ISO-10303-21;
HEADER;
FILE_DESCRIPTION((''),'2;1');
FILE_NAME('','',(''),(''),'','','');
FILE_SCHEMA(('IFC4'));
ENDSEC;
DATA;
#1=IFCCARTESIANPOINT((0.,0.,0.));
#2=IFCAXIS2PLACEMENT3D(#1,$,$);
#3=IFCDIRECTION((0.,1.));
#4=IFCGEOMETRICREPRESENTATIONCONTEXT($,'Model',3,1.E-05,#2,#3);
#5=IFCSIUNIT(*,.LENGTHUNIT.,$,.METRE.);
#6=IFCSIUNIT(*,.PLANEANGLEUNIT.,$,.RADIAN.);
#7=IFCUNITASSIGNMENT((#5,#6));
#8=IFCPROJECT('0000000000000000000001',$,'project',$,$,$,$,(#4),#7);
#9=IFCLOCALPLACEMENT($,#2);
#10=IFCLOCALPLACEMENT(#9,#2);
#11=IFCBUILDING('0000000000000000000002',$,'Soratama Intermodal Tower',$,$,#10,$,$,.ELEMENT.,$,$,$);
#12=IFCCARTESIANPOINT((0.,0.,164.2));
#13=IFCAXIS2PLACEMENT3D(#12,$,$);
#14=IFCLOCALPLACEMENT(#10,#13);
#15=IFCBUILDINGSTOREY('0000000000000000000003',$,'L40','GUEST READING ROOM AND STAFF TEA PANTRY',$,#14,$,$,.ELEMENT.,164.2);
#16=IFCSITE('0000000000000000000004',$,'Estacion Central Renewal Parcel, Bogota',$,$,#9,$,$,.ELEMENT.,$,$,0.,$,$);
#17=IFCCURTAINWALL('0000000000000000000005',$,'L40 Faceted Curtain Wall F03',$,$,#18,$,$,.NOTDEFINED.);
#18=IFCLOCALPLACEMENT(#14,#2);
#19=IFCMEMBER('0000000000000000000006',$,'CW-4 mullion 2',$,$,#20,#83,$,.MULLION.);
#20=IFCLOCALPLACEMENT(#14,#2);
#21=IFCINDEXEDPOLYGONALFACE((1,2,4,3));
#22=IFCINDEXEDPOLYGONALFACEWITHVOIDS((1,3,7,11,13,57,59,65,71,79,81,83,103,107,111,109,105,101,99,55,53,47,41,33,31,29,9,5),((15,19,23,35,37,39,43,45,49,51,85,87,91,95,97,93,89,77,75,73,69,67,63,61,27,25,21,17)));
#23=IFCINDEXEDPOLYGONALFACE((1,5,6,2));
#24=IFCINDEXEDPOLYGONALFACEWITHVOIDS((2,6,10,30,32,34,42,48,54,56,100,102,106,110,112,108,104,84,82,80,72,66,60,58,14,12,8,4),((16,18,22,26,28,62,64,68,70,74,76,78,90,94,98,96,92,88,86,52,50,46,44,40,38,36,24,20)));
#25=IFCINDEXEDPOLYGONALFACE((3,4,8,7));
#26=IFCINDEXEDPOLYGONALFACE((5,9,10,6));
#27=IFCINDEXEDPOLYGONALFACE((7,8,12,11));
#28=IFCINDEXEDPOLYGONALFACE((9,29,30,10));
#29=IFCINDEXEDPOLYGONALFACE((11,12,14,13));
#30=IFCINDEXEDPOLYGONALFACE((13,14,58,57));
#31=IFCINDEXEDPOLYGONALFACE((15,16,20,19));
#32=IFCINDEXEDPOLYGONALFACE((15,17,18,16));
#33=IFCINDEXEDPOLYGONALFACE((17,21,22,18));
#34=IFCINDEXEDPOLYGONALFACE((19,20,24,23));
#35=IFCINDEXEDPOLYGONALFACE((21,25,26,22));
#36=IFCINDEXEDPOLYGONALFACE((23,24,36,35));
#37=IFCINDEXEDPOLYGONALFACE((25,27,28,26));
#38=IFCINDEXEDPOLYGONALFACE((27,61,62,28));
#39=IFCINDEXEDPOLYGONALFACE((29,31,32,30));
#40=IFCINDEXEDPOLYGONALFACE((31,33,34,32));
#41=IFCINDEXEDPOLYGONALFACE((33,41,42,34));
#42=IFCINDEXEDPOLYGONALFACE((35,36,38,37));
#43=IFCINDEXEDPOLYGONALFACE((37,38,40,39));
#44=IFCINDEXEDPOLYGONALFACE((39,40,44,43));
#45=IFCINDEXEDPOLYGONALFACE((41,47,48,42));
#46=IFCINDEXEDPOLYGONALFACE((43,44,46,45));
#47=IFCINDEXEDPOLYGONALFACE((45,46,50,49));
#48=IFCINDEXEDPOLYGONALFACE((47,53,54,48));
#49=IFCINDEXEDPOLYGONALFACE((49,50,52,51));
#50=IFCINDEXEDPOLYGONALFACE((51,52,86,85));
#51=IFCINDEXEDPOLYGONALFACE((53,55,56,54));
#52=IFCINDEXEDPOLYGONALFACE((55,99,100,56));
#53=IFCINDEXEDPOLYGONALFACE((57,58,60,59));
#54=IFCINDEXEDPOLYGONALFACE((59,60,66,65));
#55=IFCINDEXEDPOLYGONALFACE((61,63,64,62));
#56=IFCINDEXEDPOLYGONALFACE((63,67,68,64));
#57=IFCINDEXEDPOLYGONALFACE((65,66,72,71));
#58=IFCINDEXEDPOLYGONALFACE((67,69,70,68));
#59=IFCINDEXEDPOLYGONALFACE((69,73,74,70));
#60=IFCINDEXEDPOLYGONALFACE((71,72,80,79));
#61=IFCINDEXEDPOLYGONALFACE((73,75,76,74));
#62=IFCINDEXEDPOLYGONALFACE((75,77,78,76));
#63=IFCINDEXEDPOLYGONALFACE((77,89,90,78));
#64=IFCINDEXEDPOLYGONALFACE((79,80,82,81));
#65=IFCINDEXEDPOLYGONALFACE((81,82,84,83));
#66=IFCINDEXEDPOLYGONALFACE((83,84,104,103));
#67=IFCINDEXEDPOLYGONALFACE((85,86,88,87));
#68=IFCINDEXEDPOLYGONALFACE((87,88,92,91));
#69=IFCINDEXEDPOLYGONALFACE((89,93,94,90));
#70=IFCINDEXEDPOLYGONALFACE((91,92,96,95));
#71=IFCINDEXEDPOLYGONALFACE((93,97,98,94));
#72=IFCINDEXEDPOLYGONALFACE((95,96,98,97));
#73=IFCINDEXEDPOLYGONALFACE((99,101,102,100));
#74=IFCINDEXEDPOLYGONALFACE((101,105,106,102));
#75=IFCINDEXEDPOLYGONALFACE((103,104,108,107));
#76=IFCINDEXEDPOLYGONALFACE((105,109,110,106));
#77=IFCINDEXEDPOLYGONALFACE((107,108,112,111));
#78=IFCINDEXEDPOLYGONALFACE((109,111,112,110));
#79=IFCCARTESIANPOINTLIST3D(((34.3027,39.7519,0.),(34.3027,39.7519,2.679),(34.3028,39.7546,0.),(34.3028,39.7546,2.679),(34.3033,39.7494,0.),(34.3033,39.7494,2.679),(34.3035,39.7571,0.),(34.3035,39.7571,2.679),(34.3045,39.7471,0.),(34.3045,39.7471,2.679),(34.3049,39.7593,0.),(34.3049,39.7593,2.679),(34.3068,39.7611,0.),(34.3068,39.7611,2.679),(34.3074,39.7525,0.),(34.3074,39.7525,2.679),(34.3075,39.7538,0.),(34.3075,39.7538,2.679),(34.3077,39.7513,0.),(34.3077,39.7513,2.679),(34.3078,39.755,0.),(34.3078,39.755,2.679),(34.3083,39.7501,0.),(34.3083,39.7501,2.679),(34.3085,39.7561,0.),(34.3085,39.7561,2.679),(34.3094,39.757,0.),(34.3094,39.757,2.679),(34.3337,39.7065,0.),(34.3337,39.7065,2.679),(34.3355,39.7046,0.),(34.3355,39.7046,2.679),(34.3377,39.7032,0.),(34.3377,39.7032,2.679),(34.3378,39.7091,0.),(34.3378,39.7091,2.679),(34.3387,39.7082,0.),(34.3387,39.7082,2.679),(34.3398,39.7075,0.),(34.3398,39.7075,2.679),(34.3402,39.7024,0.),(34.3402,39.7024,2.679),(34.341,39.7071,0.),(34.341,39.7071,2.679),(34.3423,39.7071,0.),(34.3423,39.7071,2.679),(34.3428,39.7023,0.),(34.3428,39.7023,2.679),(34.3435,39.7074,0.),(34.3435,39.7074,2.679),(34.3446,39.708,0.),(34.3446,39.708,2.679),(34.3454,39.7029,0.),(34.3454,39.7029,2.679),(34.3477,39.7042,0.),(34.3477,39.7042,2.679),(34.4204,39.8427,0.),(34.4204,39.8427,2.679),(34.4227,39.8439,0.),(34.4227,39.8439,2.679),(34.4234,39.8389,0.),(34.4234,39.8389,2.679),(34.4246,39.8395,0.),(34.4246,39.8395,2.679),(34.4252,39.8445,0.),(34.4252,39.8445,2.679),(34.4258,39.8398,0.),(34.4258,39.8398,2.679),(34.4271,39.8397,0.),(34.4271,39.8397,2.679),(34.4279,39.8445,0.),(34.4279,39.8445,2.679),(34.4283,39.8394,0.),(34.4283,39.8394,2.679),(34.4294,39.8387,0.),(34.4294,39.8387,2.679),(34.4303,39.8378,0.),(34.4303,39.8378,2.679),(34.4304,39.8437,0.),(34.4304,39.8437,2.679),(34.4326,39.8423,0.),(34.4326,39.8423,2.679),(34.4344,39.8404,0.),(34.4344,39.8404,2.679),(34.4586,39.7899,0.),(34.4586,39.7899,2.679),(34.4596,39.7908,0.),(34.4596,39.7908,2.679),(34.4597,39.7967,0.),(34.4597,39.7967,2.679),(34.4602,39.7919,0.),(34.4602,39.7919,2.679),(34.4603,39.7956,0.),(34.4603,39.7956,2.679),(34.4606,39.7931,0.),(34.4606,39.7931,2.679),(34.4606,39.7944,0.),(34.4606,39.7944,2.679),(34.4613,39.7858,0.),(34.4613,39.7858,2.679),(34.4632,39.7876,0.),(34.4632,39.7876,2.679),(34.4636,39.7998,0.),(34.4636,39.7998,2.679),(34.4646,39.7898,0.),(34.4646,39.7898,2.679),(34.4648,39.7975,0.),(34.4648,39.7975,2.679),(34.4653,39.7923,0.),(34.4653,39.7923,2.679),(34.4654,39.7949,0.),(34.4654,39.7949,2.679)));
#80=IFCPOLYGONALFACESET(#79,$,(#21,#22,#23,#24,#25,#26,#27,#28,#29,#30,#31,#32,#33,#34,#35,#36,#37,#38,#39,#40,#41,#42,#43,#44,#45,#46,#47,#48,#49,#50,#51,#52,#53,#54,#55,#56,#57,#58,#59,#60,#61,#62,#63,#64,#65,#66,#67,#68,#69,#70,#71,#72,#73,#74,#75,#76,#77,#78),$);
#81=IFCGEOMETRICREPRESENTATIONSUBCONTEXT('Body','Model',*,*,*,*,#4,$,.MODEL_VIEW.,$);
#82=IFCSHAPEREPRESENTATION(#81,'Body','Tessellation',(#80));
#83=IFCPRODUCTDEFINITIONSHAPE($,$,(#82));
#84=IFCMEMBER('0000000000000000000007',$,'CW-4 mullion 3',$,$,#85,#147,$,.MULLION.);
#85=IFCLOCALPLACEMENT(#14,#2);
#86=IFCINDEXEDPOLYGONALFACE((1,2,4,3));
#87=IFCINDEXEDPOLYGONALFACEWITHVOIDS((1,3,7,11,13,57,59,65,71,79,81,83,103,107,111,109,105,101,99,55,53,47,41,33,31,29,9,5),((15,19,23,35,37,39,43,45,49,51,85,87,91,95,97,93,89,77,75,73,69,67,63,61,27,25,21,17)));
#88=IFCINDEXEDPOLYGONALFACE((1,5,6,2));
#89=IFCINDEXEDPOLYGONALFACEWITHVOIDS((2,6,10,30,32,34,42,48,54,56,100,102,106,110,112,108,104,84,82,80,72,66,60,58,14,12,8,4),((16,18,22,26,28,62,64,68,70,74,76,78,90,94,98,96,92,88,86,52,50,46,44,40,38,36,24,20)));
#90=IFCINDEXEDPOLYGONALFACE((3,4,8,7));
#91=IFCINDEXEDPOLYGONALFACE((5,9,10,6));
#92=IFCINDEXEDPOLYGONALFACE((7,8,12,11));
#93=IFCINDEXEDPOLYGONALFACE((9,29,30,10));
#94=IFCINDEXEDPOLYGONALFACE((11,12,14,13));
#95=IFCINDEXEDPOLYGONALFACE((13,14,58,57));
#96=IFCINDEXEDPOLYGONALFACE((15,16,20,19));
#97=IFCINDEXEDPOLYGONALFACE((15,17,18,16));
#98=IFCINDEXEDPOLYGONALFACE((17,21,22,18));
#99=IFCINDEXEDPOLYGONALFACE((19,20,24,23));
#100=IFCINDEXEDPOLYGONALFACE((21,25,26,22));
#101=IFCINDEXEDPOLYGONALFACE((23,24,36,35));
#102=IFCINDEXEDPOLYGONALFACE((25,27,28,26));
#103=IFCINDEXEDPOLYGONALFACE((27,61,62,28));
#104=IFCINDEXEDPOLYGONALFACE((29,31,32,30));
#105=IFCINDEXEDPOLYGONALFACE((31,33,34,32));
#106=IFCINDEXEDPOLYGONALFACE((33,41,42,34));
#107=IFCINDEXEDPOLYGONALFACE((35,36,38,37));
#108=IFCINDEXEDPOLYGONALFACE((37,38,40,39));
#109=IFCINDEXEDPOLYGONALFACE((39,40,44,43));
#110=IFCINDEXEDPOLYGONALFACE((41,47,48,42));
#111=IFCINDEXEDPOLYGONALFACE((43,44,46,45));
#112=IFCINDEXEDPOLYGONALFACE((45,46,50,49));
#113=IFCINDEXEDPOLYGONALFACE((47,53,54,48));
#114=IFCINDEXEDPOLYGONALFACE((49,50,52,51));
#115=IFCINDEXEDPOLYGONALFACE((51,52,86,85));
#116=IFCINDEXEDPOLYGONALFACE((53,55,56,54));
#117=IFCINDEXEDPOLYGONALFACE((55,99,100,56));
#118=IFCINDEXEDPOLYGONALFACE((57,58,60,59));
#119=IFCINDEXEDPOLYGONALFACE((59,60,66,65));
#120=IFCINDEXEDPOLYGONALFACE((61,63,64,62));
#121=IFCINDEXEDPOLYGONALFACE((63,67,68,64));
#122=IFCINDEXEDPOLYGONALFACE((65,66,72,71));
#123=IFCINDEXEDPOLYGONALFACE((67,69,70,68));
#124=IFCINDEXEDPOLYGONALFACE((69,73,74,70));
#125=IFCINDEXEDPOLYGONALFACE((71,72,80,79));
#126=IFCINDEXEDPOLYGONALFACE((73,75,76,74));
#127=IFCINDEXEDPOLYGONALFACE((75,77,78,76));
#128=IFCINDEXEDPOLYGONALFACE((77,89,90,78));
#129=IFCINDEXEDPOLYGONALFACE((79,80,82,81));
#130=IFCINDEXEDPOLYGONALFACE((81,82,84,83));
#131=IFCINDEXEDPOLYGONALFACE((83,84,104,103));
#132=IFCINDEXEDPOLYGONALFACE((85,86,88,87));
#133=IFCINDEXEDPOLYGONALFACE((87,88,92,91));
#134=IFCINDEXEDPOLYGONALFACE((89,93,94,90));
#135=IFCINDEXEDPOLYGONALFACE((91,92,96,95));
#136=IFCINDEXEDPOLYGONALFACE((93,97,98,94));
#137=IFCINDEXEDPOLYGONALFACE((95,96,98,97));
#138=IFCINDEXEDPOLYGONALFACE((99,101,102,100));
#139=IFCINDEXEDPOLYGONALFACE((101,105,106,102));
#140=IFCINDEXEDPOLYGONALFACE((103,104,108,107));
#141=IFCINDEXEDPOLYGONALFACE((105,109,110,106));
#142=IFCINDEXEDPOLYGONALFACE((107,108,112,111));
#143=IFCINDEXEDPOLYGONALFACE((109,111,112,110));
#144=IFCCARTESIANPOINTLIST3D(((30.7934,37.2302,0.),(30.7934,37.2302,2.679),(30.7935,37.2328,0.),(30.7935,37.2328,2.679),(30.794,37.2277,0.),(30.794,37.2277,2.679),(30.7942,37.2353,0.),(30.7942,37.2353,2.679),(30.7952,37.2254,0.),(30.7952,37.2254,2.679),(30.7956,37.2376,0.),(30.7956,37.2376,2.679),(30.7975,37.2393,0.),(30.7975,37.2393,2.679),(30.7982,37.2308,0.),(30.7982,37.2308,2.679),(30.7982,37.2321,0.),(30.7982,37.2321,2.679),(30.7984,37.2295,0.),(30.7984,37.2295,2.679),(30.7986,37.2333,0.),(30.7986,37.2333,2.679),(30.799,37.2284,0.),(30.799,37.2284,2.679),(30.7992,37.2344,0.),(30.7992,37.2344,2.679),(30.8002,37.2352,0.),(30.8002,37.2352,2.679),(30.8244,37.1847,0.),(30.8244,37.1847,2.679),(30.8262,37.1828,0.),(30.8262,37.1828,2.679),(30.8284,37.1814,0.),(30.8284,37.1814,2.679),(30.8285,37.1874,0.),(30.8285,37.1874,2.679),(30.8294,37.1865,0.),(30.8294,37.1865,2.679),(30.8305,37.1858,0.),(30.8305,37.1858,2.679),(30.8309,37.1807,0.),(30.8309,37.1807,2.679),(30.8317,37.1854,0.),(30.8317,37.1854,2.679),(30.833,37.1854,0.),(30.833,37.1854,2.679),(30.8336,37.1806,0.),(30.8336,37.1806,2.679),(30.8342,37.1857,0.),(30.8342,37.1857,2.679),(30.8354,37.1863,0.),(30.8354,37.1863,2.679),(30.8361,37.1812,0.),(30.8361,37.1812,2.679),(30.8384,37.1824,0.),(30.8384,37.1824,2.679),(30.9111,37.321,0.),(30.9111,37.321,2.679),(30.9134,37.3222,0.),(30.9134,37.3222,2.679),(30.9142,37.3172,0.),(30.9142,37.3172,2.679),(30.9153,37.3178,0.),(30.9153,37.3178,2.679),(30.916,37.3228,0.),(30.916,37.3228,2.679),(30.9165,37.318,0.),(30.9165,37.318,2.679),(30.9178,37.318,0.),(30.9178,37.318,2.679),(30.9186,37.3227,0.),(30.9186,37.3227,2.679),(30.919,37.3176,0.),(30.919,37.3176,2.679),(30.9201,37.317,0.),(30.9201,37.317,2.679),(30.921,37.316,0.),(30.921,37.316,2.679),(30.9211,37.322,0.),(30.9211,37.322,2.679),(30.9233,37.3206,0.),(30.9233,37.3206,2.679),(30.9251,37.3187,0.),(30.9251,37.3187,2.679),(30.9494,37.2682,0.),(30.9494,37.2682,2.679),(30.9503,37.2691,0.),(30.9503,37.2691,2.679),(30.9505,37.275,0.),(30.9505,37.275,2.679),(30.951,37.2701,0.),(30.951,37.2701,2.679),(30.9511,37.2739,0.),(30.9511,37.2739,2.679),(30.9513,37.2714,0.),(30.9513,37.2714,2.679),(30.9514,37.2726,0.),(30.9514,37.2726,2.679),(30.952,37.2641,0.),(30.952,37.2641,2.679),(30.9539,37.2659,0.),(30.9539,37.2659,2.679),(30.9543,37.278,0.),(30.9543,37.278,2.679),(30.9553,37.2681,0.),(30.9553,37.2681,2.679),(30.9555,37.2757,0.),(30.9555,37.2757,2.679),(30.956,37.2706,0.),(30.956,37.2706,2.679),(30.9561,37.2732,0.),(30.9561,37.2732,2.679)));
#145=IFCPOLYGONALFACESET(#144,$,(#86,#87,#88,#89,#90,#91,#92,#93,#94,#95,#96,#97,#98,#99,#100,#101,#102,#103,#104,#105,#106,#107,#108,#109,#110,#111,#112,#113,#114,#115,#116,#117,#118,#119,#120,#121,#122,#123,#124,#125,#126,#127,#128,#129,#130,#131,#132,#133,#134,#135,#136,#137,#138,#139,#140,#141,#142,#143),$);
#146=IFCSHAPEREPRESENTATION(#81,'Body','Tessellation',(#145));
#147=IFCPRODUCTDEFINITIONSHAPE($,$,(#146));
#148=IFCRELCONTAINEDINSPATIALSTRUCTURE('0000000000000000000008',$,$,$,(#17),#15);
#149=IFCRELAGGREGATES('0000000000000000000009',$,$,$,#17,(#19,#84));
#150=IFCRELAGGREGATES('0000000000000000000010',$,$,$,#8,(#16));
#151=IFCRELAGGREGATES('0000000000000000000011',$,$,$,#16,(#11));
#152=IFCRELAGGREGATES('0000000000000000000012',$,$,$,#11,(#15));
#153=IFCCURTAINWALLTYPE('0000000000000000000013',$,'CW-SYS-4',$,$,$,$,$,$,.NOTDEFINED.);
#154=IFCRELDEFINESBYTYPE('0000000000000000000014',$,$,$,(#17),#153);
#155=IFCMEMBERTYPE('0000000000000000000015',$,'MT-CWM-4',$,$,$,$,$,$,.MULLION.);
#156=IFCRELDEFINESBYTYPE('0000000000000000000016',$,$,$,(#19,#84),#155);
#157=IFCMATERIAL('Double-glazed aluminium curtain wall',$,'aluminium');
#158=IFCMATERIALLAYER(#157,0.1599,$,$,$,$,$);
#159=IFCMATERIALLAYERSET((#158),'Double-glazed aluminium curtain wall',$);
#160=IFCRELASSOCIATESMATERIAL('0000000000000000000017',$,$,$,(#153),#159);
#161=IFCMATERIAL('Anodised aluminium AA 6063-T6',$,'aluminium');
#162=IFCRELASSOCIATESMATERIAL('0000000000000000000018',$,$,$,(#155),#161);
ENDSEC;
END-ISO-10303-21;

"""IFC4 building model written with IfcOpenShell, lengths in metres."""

from ifc_helpers import new_model, si_unit, direction, frame, origin, origin_2d, place, context, subcontext, project, spatial, hollow_rectangle, extrude, material, layer, layer_set, material_profile, profile_set, type_object, element, aggregate, save


model = new_model("IFC4")

# Units and contexts
model_context = context("Model", 3, precision=1e-05, world=origin(), true_north=direction((0.0, 1.0)))
body_context = subcontext(model_context, "Body", "Model", "MODEL_VIEW")
ifc_project = project(units=[si_unit("LENGTHUNIT", "METRE"), si_unit("PLANEANGLEUNIT", "RADIAN")], contexts=[model_context])

# Site, building, storey
site_placement = place(None, origin())
site = spatial("IfcSite", under=ifc_project, at=site_placement, Name="Estacion Central Renewal Parcel, Bogota", CompositionType="ELEMENT", RefElevation=0.0)
building_placement = place(site_placement, origin())
building = spatial("IfcBuilding", under=site, at=building_placement, Name="Soratama Intermodal Tower", CompositionType="ELEMENT")
storey_placement = place(building_placement, frame((0.0, 0.0, 164.2)))
storey = spatial("IfcBuildingStorey", under=building, at=storey_placement, Name="L40", Description="GUEST READING ROOM AND STAFF TEA PANTRY", CompositionType="ELEMENT", Elevation=164.2)

# Curtain wall, members
ifc_material_1 = material(Name="Double-glazed aluminium curtain wall", Category="aluminium")
ifc_layer_1 = layer(ifc_material_1, 0.1599)
ifc_layer_set_1 = layer_set([ifc_layer_1], Name="Double-glazed aluminium curtain wall")
curtain_wall_type = type_object("IfcCurtainWallType", Name="CW-SYS-4", PredefinedType="NOTDEFINED", material=ifc_layer_set_1)
curtain_wall_1_placement = place(storey_placement, origin())
curtain_wall_1 = element("IfcCurtainWall", 1, at=curtain_wall_1_placement, inside=storey, type_object=curtain_wall_type, Name="L40 Faceted Curtain Wall F03", PredefinedType="NOTDEFINED")
ifc_material_2 = material(Name="Anodised aluminium AA 6063-T6", Category="aluminium")
ifc_material_profile_1 = material_profile(ifc_material_2, hollow_rectangle(XDim=0.0701, YDim=0.1599, WallThickness=0.0049, InnerFilletRadius=0.0049, OuterFilletRadius=0.01, at=origin_2d()), Name="CWM160X70X5")
ifc_profile_set_1 = profile_set([ifc_material_profile_1], Name="Anodised aluminium AA 6063-T6")
member_type_1 = type_object("IfcMemberType", Name="MT-CWM-4", PredefinedType="MULLION", material=ifc_profile_set_1)
member_1_placement = place(storey_placement, frame((34.384, 39.7734, 0.0), z_axis=(0.0, 0.0, 1.0), x_axis=(0.583543, -0.812082, 0.0)))
member_1 = element("IfcMember", 2, at=member_1_placement, type_object=member_type_1, Name="CW-4 mullion 2", PredefinedType="MULLION", context=body_context, shape_type="SweptSolid", body=[
    extrude(hollow_rectangle(XDim=0.0701, YDim=0.1599, WallThickness=0.0049, InnerFilletRadius=0.0049, OuterFilletRadius=0.01, at=origin_2d()), origin(), (0.0, 0.0, 1.0), 2.679),
])
member_2_placement = place(storey_placement, frame((30.8748, 37.2517, 0.0), z_axis=(0.0, 0.0, 1.0), x_axis=(0.583543, -0.812082, 0.0)))
member_2 = element("IfcMember", 3, at=member_2_placement, type_object=member_type_1, Name="CW-4 mullion 3", PredefinedType="MULLION", context=body_context, shape_type="SweptSolid", body=[
    extrude(hollow_rectangle(XDim=0.0701, YDim=0.1599, WallThickness=0.0049, InnerFilletRadius=0.0049, OuterFilletRadius=0.01, at=origin_2d()), origin(), (0.0, 0.0, 1.0), 2.679),
])

aggregate(curtain_wall_1, [member_1, member_2])

save(model, "model.ifc")
